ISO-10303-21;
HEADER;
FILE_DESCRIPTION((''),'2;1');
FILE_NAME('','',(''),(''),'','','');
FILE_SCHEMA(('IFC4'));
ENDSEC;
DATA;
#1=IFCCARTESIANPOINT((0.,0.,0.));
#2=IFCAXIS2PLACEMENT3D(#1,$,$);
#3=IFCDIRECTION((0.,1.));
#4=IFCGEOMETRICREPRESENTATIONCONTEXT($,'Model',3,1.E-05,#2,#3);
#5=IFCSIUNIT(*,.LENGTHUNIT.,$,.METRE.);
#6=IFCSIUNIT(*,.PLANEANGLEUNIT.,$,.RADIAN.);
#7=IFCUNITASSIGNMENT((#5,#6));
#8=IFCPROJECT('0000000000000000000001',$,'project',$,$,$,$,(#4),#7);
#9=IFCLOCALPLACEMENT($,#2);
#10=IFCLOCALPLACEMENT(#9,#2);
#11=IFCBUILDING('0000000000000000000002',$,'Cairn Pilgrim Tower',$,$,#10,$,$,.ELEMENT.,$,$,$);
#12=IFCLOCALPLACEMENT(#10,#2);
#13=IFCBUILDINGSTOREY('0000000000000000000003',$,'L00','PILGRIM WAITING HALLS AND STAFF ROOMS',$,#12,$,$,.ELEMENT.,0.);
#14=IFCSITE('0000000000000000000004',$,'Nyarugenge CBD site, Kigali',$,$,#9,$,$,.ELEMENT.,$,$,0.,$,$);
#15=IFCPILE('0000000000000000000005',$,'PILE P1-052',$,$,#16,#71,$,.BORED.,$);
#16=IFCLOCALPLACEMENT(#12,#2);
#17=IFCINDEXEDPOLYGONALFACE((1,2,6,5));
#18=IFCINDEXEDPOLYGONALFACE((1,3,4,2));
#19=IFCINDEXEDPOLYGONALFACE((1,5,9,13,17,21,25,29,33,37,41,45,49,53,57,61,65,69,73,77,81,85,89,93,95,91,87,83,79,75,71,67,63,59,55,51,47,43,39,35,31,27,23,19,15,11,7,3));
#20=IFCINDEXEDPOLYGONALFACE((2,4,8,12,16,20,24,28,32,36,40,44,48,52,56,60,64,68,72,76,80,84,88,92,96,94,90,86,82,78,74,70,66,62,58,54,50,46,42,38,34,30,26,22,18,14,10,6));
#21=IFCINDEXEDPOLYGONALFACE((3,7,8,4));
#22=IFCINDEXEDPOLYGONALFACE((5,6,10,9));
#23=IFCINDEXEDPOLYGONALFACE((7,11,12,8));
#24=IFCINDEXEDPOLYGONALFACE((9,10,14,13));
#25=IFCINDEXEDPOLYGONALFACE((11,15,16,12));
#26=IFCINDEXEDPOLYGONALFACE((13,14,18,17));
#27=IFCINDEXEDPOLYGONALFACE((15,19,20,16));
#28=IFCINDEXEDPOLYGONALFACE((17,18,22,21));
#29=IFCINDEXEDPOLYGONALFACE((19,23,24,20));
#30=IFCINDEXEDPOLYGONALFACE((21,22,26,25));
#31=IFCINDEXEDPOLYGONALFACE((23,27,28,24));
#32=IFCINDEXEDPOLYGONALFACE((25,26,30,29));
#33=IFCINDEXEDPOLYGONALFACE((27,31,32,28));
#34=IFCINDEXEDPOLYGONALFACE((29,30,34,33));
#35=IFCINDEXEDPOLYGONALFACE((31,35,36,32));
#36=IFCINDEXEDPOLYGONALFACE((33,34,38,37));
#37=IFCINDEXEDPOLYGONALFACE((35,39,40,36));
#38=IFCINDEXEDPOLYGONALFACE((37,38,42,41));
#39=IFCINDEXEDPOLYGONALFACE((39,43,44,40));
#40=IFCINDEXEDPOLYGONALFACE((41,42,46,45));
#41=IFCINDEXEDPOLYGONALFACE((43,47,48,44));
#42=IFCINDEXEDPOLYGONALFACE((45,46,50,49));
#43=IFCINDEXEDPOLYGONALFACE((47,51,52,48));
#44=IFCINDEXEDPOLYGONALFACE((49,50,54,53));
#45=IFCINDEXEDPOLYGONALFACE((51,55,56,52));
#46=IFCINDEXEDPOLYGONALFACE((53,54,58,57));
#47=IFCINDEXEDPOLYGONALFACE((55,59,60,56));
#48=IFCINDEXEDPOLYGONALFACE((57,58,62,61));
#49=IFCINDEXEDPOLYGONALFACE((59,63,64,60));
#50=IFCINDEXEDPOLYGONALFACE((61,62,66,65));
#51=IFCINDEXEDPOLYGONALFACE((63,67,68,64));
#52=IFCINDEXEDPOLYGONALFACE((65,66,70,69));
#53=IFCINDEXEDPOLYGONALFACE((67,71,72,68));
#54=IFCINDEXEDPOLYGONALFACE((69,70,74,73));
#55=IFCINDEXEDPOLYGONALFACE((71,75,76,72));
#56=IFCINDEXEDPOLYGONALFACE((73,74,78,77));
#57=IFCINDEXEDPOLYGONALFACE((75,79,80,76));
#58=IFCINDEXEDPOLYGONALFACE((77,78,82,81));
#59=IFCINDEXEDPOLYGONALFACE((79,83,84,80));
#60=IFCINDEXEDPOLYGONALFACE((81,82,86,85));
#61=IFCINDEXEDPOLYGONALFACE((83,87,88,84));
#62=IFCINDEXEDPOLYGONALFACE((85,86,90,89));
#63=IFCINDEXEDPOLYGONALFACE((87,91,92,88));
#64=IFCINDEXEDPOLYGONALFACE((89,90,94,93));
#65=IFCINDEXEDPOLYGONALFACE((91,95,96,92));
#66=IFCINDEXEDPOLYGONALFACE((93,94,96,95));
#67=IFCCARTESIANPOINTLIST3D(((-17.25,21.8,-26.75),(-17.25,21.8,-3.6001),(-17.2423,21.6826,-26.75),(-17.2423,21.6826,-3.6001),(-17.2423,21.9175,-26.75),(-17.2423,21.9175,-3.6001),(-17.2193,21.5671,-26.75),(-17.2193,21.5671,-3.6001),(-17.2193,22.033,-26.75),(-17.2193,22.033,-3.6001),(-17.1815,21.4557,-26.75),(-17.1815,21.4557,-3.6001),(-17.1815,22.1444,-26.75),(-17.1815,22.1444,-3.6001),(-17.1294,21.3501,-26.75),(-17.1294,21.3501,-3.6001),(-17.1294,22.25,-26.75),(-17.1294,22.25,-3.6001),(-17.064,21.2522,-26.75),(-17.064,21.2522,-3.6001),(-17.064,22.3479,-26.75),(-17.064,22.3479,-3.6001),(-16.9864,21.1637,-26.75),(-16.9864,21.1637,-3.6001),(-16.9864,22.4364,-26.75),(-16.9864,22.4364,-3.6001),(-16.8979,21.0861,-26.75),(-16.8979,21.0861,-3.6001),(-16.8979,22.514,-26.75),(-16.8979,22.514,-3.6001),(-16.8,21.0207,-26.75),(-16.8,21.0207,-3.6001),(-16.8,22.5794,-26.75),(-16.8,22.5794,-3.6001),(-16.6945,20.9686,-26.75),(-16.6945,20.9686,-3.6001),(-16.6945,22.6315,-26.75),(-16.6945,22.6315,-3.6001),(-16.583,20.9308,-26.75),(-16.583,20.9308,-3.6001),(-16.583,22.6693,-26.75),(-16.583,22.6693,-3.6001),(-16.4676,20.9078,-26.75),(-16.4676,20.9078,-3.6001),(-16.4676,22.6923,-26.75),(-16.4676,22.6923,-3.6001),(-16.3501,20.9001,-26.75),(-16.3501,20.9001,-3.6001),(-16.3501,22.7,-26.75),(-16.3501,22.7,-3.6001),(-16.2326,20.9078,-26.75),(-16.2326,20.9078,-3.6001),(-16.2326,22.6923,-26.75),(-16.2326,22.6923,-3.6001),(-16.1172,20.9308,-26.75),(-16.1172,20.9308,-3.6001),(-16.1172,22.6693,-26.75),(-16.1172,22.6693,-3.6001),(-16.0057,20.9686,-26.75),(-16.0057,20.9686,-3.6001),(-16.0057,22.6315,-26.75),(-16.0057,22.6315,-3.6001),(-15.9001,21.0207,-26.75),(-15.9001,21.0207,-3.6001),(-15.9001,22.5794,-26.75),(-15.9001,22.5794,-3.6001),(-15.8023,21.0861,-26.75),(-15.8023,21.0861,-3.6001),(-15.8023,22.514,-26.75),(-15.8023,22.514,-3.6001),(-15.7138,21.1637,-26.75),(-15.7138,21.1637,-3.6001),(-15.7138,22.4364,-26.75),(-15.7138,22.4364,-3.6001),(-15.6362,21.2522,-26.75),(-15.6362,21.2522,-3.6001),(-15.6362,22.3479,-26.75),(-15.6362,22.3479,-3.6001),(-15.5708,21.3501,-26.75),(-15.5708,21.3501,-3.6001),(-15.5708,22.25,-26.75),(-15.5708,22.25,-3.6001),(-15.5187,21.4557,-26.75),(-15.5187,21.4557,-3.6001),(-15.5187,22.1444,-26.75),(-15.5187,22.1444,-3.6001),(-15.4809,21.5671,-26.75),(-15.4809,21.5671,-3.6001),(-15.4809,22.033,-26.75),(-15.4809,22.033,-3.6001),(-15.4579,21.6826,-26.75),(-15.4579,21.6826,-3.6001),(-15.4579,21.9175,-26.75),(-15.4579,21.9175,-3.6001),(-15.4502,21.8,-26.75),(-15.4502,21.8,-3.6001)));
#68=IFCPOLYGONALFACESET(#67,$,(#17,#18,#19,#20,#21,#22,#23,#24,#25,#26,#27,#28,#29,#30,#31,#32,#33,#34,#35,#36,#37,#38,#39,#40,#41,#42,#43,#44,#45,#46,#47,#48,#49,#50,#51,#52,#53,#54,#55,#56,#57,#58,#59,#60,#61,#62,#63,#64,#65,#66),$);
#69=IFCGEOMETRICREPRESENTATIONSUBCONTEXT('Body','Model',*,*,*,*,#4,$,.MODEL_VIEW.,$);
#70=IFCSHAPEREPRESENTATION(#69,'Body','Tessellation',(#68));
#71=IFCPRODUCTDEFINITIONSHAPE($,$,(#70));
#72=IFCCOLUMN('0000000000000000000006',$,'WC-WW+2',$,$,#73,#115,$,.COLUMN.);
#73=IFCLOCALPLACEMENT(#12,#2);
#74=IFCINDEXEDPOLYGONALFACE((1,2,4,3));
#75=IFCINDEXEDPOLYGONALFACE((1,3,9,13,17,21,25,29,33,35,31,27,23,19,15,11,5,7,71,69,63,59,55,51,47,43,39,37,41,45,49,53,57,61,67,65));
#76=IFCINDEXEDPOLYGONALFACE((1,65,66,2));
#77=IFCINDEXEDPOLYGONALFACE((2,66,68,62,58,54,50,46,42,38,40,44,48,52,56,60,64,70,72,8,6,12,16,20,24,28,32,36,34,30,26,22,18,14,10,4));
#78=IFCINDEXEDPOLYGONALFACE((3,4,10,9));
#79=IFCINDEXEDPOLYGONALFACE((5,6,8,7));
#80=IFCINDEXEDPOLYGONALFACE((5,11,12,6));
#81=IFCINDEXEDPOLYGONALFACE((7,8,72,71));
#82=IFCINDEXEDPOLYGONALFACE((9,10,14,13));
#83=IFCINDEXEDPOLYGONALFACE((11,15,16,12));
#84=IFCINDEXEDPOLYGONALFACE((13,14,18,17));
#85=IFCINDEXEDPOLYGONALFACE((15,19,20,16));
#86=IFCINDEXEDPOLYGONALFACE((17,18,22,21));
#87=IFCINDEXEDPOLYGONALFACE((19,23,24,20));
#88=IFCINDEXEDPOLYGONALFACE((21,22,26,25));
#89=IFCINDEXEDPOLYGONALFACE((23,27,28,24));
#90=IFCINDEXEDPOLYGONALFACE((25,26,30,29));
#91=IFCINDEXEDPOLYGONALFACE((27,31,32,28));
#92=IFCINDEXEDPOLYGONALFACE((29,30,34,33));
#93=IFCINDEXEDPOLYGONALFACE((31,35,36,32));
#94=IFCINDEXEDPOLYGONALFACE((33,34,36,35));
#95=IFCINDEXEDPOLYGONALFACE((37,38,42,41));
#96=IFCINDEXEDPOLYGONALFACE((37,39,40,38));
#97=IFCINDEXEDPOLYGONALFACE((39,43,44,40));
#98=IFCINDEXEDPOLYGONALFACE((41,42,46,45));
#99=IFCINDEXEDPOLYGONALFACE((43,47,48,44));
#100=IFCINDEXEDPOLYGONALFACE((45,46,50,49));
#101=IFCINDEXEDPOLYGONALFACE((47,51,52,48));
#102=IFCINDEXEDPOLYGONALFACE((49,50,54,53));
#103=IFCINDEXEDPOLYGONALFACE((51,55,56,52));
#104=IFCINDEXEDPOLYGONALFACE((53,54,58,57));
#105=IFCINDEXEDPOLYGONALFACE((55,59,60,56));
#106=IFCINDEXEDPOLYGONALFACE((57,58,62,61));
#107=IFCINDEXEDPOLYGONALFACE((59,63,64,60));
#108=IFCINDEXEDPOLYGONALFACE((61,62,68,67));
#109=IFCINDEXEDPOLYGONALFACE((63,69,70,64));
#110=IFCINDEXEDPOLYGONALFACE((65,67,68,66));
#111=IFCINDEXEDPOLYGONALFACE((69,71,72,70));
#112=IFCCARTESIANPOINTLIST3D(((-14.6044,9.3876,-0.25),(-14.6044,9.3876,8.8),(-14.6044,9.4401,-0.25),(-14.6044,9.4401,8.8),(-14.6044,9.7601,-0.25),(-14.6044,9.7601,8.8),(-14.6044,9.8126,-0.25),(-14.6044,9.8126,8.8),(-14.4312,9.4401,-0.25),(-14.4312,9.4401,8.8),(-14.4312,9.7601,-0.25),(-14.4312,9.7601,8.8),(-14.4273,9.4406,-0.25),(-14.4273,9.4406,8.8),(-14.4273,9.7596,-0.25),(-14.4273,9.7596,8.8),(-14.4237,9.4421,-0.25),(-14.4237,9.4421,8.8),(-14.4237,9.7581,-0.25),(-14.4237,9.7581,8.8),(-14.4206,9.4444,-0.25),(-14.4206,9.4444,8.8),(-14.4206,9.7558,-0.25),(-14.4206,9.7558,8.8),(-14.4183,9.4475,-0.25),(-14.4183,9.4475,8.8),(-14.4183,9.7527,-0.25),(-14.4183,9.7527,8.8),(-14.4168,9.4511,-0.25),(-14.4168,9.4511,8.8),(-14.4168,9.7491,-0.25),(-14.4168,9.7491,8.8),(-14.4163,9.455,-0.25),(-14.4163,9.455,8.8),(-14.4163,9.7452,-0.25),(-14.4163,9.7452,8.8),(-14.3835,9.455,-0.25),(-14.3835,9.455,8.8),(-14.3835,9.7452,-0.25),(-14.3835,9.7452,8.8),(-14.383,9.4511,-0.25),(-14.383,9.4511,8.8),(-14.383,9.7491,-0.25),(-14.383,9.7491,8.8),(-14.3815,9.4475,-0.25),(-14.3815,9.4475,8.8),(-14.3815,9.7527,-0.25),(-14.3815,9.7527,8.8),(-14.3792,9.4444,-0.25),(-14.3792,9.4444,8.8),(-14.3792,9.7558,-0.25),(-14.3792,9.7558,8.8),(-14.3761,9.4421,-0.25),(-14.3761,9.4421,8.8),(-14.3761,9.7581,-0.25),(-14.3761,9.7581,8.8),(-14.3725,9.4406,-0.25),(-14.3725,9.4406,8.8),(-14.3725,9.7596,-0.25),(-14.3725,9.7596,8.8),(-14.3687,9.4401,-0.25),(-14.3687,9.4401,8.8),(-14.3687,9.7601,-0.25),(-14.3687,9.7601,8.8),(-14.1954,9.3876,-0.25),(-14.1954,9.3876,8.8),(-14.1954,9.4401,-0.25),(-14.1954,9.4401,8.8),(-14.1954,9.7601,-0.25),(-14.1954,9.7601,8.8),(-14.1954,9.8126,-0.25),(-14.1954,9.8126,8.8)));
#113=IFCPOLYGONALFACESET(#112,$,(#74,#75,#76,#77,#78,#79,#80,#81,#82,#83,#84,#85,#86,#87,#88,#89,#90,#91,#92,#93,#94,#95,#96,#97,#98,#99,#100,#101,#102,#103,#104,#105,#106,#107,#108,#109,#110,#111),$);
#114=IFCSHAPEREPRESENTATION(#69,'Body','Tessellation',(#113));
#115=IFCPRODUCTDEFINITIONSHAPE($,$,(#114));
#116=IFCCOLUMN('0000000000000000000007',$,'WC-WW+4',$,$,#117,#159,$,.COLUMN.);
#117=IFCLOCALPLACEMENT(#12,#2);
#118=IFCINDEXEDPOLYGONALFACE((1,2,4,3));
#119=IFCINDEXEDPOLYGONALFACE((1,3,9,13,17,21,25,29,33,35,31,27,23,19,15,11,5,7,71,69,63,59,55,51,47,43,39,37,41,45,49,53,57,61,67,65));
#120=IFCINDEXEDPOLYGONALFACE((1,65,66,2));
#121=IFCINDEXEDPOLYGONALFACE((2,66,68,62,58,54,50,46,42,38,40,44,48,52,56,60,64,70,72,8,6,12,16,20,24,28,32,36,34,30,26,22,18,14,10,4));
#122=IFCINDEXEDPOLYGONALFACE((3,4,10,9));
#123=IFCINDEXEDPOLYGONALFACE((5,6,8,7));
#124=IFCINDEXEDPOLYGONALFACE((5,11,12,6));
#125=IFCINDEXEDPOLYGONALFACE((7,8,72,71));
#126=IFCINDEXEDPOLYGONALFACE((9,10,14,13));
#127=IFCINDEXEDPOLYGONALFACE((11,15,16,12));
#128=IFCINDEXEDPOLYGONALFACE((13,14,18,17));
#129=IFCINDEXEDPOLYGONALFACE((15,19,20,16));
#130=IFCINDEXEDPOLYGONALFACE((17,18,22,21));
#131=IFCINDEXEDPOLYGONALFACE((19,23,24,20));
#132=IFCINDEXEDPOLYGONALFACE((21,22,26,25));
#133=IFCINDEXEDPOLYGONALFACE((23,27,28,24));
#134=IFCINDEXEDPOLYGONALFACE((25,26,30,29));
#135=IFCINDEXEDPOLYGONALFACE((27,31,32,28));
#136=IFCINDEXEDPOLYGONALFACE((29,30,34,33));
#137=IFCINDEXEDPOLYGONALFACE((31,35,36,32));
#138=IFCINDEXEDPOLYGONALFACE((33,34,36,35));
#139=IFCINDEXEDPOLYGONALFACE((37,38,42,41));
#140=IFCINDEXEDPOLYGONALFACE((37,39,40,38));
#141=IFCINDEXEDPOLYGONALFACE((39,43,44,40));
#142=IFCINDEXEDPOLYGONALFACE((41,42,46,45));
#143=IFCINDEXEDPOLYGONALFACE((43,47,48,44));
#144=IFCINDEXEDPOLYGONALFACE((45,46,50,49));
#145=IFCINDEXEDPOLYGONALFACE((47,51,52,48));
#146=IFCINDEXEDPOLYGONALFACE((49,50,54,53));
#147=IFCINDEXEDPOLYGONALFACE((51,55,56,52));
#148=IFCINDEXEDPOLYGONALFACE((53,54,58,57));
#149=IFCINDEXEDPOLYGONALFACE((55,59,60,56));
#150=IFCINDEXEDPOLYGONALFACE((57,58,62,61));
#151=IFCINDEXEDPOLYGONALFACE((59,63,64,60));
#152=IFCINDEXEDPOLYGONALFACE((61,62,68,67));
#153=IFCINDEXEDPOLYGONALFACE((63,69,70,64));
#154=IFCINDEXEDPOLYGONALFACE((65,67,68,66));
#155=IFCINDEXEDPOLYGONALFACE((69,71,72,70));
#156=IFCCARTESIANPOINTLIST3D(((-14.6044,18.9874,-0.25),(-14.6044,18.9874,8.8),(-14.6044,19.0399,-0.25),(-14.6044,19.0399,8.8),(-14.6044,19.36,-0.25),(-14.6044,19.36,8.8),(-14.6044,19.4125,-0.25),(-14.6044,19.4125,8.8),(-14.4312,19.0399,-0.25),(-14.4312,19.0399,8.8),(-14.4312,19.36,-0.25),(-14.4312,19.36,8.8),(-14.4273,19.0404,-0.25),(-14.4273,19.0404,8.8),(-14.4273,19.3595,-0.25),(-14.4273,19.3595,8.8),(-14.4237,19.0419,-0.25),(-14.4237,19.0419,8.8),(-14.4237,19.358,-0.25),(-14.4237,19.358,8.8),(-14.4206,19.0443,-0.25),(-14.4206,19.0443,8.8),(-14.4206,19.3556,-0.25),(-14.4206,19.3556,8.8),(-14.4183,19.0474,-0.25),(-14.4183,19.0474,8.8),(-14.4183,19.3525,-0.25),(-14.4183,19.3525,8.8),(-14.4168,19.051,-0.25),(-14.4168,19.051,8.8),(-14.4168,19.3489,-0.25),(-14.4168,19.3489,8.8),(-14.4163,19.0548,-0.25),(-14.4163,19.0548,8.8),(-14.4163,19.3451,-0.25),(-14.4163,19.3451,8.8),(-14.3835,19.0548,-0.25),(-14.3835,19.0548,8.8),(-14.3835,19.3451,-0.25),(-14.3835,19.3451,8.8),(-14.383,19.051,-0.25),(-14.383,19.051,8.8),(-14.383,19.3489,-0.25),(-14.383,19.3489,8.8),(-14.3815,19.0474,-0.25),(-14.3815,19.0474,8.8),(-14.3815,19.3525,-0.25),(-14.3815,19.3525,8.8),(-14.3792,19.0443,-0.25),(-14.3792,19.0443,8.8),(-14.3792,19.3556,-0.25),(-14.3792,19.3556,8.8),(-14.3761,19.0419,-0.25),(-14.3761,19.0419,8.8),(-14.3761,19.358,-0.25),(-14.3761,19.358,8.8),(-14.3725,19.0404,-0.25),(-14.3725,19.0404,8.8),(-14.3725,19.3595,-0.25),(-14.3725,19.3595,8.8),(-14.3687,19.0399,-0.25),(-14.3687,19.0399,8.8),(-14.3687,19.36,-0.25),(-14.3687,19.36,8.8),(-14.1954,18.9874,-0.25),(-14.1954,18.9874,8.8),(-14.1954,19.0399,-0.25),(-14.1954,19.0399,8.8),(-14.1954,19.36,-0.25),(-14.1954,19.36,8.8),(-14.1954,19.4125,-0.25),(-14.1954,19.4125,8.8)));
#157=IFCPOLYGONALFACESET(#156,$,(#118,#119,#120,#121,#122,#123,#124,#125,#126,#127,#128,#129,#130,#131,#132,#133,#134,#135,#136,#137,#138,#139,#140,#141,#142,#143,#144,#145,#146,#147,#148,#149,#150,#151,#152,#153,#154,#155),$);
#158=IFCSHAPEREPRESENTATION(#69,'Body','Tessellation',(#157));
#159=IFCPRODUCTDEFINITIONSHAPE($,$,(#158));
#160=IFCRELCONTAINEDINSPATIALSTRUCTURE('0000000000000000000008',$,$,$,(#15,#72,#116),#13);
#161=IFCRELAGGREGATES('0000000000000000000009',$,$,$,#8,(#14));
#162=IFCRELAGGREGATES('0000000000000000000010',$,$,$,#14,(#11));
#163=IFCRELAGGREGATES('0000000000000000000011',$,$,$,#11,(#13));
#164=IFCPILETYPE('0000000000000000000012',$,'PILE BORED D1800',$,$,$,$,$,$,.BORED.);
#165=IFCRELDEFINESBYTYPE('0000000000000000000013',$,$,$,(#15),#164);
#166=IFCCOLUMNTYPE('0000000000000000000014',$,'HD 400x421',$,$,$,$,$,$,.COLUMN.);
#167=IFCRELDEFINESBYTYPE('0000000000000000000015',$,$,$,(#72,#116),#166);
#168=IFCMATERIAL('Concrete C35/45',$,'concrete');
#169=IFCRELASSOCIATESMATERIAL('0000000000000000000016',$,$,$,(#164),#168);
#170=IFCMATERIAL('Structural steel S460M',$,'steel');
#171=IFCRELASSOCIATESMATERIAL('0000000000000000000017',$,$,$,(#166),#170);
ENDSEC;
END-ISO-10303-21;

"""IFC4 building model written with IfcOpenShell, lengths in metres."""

from ifc_helpers import new_model, si_unit, direction, frame, origin, origin_2d, place, context, subcontext, project, spatial, circle, i_section, extrude, material, material_profile, profile_set, type_object, element, save


model = new_model("IFC4")

# Units and contexts
model_context = context("Model", 3, precision=1e-05, world=origin(), true_north=direction((0.0, 1.0)))
body_context = subcontext(model_context, "Body", "Model", "MODEL_VIEW")
ifc_project = project(units=[si_unit("LENGTHUNIT", "METRE"), si_unit("PLANEANGLEUNIT", "RADIAN")], contexts=[model_context])

# Site, building, storey
site_placement = place(None, origin())
site = spatial("IfcSite", under=ifc_project, at=site_placement, Name="Nyarugenge CBD site, Kigali", CompositionType="ELEMENT", RefElevation=0.0)
building_placement = place(site_placement, origin())
building = spatial("IfcBuilding", under=site, at=building_placement, Name="Cairn Pilgrim Tower", CompositionType="ELEMENT")
storey_placement = place(building_placement, origin())
storey = spatial("IfcBuildingStorey", under=building, at=storey_placement, Name="L00", Description="PILGRIM WAITING HALLS AND STAFF ROOMS", CompositionType="ELEMENT", Elevation=0.0)

# Pile
ifc_material_1 = material(Name="Concrete C35/45", Category="concrete")
ifc_material_profile_1 = material_profile(ifc_material_1, circle(Radius=0.8999, at=origin_2d()), Name="D1800")
ifc_profile_set_1 = profile_set([ifc_material_profile_1], Name="Concrete C35/45")
pile_type = type_object("IfcPileType", Name="PILE BORED D1800", PredefinedType="BORED", material=ifc_profile_set_1)
for number, where, z_axis, x_axis, name in (
    (1, (-16.3501, 21.8, -3.6001), (0.0, 0.0, -1.0), (1.0, 0.0, 0.0), "PILE P1-052"),
):
    element("IfcPile", number, at=place(storey_placement, frame(where, z_axis=z_axis, x_axis=x_axis)), inside=storey, type_object=pile_type, Name=name, PredefinedType="BORED", context=body_context, shape_type="SweptSolid", body=[
        extrude(circle(Radius=0.8999, at=origin_2d()), origin(), (0.0, 0.0, 1.0), 23.1499),
    ])

# Columns
ifc_material_2 = material(Name="Structural steel S460M", Category="steel")
ifc_material_profile_2 = material_profile(ifc_material_2, i_section(OverallWidth=0.4089, OverallDepth=0.425, WebThickness=0.0327, FlangeThickness=0.0525, FilletRadius=0.0149, at=origin_2d()), Name="HD 400x421")
ifc_profile_set_2 = profile_set([ifc_material_profile_2], Name="Structural steel S460M")
column_type = type_object("IfcColumnType", Name="HD 400x421", PredefinedType="COLUMN", material=ifc_profile_set_2)
for number, where, z_axis, x_axis, name in (
    (2, (-14.3999, 9.6001, -0.25), (0.0, 0.0, 1.0), (1.0, 0.0, 0.0), "WC-WW+2"),
    (3, (-14.3999, 19.2, -0.25), (0.0, 0.0, 1.0), (1.0, 0.0, 0.0), "WC-WW+4"),
):
    element("IfcColumn", number, at=place(storey_placement, frame(where, z_axis=z_axis, x_axis=x_axis)), inside=storey, type_object=column_type, Name=name, PredefinedType="COLUMN", context=body_context, shape_type="SweptSolid", body=[
        extrude(i_section(OverallWidth=0.4089, OverallDepth=0.425, WebThickness=0.0327, FlangeThickness=0.0525, FilletRadius=0.0149, at=origin_2d()), origin(), (0.0, 0.0, 1.0), 9.05),
    ])

save(model, "model.ifc")
